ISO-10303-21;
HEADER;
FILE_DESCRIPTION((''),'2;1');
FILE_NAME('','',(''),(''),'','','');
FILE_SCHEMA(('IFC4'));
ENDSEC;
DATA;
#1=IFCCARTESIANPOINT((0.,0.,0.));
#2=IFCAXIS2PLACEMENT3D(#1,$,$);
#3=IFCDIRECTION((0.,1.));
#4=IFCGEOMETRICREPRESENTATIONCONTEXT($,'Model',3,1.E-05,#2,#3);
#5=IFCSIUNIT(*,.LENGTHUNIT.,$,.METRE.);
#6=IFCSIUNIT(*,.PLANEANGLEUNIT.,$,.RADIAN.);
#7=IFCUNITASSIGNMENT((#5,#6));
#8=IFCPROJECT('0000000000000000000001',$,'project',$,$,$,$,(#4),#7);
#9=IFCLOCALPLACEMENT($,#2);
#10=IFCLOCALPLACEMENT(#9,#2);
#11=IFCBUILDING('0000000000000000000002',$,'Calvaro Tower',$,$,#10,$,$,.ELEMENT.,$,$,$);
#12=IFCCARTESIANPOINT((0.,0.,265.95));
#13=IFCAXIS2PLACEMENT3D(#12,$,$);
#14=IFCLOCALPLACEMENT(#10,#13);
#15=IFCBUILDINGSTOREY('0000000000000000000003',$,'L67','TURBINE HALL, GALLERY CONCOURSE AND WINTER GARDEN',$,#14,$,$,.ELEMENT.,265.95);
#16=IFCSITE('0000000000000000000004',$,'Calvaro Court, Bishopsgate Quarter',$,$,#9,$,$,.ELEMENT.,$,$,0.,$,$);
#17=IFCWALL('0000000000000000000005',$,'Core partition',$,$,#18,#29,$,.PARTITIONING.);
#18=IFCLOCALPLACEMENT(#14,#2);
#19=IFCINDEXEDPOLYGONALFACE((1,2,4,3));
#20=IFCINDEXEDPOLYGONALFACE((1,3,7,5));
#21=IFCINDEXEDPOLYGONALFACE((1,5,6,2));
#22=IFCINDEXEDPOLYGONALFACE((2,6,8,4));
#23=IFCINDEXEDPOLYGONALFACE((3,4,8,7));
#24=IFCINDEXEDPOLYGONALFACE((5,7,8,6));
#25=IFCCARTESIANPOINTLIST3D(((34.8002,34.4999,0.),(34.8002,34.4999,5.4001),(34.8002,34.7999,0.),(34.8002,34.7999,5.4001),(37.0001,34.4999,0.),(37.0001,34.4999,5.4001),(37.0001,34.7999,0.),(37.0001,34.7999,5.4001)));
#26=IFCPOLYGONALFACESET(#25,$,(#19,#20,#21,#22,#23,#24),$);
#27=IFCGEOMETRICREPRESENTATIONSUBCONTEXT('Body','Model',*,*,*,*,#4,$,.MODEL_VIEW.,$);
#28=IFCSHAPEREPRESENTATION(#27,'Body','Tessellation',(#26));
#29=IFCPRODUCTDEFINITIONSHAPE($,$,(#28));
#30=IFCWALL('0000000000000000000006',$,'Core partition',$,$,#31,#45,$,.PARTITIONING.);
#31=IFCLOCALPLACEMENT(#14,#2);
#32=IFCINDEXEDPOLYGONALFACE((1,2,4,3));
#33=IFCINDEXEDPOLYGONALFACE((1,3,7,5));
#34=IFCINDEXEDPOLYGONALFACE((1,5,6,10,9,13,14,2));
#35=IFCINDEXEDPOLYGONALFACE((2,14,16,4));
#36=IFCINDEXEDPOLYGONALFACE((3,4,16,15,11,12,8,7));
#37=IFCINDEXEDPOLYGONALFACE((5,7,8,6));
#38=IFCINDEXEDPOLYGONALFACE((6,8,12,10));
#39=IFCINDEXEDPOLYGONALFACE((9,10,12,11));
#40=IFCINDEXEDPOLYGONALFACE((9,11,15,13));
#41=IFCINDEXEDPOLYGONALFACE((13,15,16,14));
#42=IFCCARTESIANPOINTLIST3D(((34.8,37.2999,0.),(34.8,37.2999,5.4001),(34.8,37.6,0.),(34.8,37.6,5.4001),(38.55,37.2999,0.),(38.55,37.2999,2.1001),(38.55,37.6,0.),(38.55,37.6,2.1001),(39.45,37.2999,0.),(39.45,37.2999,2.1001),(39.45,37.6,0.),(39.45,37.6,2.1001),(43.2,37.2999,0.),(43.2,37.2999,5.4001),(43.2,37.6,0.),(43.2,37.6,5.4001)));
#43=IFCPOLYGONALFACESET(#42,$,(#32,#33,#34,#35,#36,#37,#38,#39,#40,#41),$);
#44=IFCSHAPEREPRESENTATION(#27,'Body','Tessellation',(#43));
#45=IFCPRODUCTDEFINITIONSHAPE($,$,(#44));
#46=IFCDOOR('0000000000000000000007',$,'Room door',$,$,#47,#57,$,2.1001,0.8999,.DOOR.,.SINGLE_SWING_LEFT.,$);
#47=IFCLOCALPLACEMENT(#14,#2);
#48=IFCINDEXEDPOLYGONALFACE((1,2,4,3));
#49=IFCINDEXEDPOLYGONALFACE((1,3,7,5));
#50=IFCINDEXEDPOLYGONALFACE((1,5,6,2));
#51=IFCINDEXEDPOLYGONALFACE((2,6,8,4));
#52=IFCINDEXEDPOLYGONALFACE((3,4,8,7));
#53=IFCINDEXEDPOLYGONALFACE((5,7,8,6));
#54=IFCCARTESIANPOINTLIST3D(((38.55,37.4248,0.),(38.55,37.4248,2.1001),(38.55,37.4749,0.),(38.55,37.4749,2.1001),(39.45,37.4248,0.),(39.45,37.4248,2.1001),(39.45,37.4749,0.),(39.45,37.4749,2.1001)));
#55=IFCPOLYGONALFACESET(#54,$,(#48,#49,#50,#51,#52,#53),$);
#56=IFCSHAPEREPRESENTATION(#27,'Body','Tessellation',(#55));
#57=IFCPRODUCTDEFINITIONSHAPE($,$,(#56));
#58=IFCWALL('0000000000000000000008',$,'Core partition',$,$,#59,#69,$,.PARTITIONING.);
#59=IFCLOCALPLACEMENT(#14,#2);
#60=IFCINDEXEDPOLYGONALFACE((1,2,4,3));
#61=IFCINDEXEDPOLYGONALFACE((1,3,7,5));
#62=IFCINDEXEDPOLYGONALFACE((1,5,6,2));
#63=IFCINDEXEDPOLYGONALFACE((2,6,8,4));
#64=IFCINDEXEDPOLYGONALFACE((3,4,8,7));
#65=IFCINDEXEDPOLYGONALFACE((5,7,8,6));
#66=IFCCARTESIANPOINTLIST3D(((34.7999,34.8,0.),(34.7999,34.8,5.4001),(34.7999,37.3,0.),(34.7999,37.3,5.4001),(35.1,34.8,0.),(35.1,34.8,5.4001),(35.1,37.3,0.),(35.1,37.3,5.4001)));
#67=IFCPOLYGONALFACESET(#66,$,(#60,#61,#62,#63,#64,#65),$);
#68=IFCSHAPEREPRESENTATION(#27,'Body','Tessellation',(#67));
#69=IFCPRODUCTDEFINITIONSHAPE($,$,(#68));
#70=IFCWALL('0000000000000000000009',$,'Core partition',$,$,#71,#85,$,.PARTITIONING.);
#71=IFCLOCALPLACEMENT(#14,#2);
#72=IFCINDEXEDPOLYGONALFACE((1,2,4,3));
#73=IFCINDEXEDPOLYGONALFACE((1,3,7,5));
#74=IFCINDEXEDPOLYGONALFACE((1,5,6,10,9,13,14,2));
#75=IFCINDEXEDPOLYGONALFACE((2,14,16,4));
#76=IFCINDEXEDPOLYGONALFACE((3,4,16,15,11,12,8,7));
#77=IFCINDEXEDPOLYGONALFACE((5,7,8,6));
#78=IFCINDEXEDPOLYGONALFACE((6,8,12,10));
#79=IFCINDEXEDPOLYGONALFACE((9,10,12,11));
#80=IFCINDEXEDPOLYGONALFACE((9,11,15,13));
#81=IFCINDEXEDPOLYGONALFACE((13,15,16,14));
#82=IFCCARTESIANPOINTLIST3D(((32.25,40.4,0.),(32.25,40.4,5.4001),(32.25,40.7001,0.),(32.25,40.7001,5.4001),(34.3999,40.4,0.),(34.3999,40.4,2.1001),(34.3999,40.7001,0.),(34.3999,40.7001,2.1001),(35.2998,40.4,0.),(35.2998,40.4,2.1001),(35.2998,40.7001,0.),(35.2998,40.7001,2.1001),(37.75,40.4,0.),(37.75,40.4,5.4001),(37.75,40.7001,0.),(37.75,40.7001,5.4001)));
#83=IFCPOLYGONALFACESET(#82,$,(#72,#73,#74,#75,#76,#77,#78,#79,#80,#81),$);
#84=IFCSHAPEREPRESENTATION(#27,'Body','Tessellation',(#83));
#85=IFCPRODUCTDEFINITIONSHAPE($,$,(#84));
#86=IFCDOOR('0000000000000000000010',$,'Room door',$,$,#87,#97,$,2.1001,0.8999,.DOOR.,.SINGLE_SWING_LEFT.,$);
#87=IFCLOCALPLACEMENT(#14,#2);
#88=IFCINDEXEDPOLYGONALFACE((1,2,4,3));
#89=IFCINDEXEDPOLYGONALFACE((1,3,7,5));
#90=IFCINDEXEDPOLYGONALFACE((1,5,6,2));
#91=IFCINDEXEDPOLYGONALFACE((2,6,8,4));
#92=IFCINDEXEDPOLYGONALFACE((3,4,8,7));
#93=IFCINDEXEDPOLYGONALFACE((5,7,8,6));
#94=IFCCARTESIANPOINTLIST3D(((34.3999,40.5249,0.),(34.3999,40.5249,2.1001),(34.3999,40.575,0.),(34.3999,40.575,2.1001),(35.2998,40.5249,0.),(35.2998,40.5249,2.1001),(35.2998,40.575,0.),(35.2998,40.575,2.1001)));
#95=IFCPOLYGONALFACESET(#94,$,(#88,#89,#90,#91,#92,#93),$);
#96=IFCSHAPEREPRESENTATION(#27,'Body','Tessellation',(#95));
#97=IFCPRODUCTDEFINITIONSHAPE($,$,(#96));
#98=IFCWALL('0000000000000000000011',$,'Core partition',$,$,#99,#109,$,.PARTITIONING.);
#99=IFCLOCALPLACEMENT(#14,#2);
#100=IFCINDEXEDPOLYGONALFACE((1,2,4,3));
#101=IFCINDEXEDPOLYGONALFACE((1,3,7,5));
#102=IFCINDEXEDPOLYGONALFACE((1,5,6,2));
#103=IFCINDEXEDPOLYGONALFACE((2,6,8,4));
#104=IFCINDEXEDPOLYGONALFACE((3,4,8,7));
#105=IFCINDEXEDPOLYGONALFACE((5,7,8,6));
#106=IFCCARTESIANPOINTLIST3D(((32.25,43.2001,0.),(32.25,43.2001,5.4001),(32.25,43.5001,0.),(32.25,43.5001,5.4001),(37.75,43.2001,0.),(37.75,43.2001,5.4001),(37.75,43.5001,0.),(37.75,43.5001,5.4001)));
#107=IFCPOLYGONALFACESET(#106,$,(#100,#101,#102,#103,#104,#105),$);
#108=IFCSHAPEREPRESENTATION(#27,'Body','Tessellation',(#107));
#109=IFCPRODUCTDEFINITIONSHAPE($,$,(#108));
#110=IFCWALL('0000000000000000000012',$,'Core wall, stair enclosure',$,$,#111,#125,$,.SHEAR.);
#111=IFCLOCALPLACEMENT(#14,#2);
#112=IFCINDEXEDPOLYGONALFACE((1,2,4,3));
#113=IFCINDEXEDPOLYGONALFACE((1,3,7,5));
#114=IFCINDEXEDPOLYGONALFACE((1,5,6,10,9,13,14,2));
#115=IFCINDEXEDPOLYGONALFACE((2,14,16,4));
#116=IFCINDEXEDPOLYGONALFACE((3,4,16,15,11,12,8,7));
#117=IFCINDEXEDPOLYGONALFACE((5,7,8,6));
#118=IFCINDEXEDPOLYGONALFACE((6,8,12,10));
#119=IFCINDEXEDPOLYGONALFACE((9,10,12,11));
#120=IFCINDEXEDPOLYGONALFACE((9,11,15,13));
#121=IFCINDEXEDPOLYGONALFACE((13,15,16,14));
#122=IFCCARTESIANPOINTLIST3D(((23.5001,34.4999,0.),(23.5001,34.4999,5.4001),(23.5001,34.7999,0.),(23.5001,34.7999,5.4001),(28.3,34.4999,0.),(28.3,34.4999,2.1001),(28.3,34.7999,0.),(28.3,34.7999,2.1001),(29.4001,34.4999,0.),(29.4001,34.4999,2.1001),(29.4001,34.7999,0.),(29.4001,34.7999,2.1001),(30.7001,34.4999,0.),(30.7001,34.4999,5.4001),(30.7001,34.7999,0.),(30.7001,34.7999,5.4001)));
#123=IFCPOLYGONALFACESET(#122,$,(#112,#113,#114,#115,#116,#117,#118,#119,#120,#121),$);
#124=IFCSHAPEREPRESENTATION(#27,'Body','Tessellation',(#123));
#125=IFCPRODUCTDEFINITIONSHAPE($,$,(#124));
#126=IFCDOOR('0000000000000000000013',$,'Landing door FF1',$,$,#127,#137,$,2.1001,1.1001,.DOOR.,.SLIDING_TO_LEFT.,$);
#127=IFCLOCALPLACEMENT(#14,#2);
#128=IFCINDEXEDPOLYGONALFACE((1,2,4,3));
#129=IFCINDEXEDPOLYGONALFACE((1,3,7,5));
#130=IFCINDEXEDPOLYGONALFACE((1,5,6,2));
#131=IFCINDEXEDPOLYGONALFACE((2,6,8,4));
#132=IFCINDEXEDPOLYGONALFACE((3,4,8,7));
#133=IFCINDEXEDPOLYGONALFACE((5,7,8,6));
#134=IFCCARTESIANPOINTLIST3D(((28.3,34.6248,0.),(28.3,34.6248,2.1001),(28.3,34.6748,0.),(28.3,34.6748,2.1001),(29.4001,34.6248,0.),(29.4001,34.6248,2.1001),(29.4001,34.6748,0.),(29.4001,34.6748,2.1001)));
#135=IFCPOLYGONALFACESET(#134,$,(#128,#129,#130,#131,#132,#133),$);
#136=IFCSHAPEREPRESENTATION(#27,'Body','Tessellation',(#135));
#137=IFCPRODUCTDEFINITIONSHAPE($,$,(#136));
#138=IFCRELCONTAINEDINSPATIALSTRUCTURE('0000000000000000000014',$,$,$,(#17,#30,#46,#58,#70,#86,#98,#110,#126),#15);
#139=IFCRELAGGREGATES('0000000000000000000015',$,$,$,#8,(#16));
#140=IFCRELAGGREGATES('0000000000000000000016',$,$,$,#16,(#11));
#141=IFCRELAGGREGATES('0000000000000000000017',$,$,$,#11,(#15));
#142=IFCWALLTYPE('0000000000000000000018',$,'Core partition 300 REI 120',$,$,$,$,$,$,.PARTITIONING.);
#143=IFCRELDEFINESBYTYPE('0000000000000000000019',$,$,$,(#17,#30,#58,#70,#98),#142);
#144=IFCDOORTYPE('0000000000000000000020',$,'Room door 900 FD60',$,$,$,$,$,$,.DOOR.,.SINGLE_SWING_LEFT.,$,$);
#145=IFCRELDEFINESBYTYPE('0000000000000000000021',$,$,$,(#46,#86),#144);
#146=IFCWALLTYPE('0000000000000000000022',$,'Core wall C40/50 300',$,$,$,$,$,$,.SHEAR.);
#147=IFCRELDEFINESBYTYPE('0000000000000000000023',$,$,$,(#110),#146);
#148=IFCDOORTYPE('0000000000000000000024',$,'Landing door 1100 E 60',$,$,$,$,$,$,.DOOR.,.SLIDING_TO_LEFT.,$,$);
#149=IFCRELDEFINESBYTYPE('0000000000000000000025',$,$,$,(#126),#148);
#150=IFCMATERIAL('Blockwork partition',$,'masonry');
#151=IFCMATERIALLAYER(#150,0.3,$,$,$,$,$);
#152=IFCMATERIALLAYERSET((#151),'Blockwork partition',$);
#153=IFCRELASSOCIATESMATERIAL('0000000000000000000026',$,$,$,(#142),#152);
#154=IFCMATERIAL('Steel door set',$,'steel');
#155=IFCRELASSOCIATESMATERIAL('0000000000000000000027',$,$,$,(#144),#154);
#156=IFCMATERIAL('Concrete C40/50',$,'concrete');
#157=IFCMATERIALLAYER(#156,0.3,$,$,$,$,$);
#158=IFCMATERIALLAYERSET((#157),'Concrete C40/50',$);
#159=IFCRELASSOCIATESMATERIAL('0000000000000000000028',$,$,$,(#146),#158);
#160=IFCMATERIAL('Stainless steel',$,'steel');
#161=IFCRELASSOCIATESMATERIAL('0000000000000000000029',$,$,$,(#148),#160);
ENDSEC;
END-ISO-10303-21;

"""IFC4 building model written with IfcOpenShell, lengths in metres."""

from ifc_helpers import new_model, si_unit, direction, frame, frame_2d, origin, place, context, subcontext, project, spatial, rectangle, extrude, material, layer, layer_set, type_object, element, fill, save


model = new_model("IFC4")

# Units and contexts
model_context = context("Model", 3, precision=1e-05, world=origin(), true_north=direction((0.0, 1.0)))
body_context = subcontext(model_context, "Body", "Model", "MODEL_VIEW")
ifc_project = project(units=[si_unit("LENGTHUNIT", "METRE"), si_unit("PLANEANGLEUNIT", "RADIAN")], contexts=[model_context])

# Site, building, storey
site_placement = place(None, origin())
site = spatial("IfcSite", under=ifc_project, at=site_placement, Name="Calvaro Court, Bishopsgate Quarter", CompositionType="ELEMENT", RefElevation=0.0)
building_placement = place(site_placement, origin())
building = spatial("IfcBuilding", under=site, at=building_placement, Name="Calvaro Tower", CompositionType="ELEMENT")
storey_placement = place(building_placement, frame((0.0, 0.0, 265.95)))
storey = spatial("IfcBuildingStorey", under=building, at=storey_placement, Name="L67", Description="TURBINE HALL, GALLERY CONCOURSE AND WINTER GARDEN", CompositionType="ELEMENT", Elevation=265.95)

# Wall
ifc_material_1 = material(Name="Blockwork partition", Category="masonry")
ifc_layer_1 = layer(ifc_material_1, 0.3)
ifc_layer_set_1 = layer_set([ifc_layer_1], Name="Blockwork partition")
wall_type_1 = type_object("IfcWallType", Name="Core partition 300 REI 120", PredefinedType="PARTITIONING", material=ifc_layer_set_1)
wall_1_placement = place(storey_placement, frame((34.8, 34.6499, 0.0), z_axis=(0.0, 0.0, 1.0), x_axis=(1.0, 0.0, 0.0)))
element("IfcWall", 1, at=wall_1_placement, inside=storey, type_object=wall_type_1, Name="Core partition", PredefinedType="PARTITIONING", context=body_context, shape_type="SweptSolid", body=[
    extrude(rectangle(XDim=2.2, YDim=0.3, at=frame_2d((1.1001, 0.0))), origin(), (0.0, 0.0, 1.0), 5.4001),
])

# Wall, opening, door
wall_2_placement = place(storey_placement, frame((34.8, 37.45, 0.0), z_axis=(0.0, 0.0, 1.0), x_axis=(1.0, 0.0, 0.0)))
wall_2 = element("IfcWall", 2, at=wall_2_placement, inside=storey, type_object=wall_type_1, Name="Core partition", PredefinedType="PARTITIONING", context=body_context, shape_type="SweptSolid", body=[
    extrude(rectangle(XDim=8.3999, YDim=0.3, at=frame_2d((4.2, 0.0))), origin(), (0.0, 0.0, 1.0), 5.4001),
])
opening_1_placement = place(wall_2_placement, frame((3.75, 0.0, 0.0)))
opening_1 = element("IfcOpeningElement", 3, at=opening_1_placement, cuts=wall_2, PredefinedType="OPENING", context=body_context, shape_type="SweptSolid", body=[
    extrude(rectangle(XDim=0.8999, YDim=2.1001, at=frame_2d((0.45, 1.05))), frame((0.0, 0.1599, 0.0), z_axis=(0.0, -1.0, 0.0), x_axis=(1.0, 0.0, 0.0)), (0.0, 0.0, 1.0), 0.3201),
])
ifc_material_2 = material(Name="Steel door set", Category="steel")
door_type_1 = type_object("IfcDoorType", Name="Room door 900 FD60", OperationType="SINGLE_SWING_LEFT", PredefinedType="DOOR", material=ifc_material_2)
door_1_placement = place(opening_1_placement, origin())
door_1 = element("IfcDoor", 4, at=door_1_placement, inside=storey, type_object=door_type_1, Name="Room door", OperationType="SINGLE_SWING_LEFT", OverallHeight=2.1001, OverallWidth=0.8999, PredefinedType="DOOR", context=body_context, shape_type="SweptSolid", body=[
    extrude(rectangle(XDim=0.8999, YDim=2.1001, at=frame_2d((0.45, 1.05))), frame((0.0, 0.0249, 0.0), z_axis=(0.0, -1.0, 0.0), x_axis=(1.0, 0.0, 0.0)), (0.0, 0.0, 1.0), 0.05),
])
fill(opening_1, door_1)

# Wall
wall_3_placement = place(storey_placement, frame((34.95, 34.8, 0.0), z_axis=(0.0, 0.0, 1.0), x_axis=(0.0, 1.0, 0.0)))
element("IfcWall", 5, at=wall_3_placement, inside=storey, type_object=wall_type_1, Name="Core partition", PredefinedType="PARTITIONING", context=body_context, shape_type="SweptSolid", body=[
    extrude(rectangle(XDim=2.5, YDim=0.3, at=frame_2d((1.25, 0.0))), origin(), (0.0, 0.0, 1.0), 5.4001),
])

# Wall, opening, door
wall_4_placement = place(storey_placement, frame((32.25, 40.55, 0.0), z_axis=(0.0, 0.0, 1.0), x_axis=(1.0, 0.0, 0.0)))
wall_4 = element("IfcWall", 6, at=wall_4_placement, inside=storey, type_object=wall_type_1, Name="Core partition", PredefinedType="PARTITIONING", context=body_context, shape_type="SweptSolid", body=[
    extrude(rectangle(XDim=5.5, YDim=0.3, at=frame_2d((2.75, 0.0))), origin(), (0.0, 0.0, 1.0), 5.4001),
])
opening_2_placement = place(wall_4_placement, frame((2.1499, 0.0, 0.0)))
opening_2 = element("IfcOpeningElement", 7, at=opening_2_placement, cuts=wall_4, PredefinedType="OPENING", context=body_context, shape_type="SweptSolid", body=[
    extrude(rectangle(XDim=0.8999, YDim=2.1001, at=frame_2d((0.45, 1.05))), frame((0.0, 0.1599, 0.0), z_axis=(0.0, -1.0, 0.0), x_axis=(1.0, 0.0, 0.0)), (0.0, 0.0, 1.0), 0.3201),
])
door_2_placement = place(opening_2_placement, origin())
door_2 = element("IfcDoor", 8, at=door_2_placement, inside=storey, type_object=door_type_1, Name="Room door", OperationType="SINGLE_SWING_LEFT", OverallHeight=2.1001, OverallWidth=0.8999, PredefinedType="DOOR", context=body_context, shape_type="SweptSolid", body=[
    extrude(rectangle(XDim=0.8999, YDim=2.1001, at=frame_2d((0.45, 1.05))), frame((0.0, 0.0249, 0.0), z_axis=(0.0, -1.0, 0.0), x_axis=(1.0, 0.0, 0.0)), (0.0, 0.0, 1.0), 0.05),
])
fill(opening_2, door_2)

# Wall
wall_5_placement = place(storey_placement, frame((32.25, 43.3501, 0.0), z_axis=(0.0, 0.0, 1.0), x_axis=(1.0, 0.0, 0.0)))
element("IfcWall", 9, at=wall_5_placement, inside=storey, type_object=wall_type_1, Name="Core partition", PredefinedType="PARTITIONING", context=body_context, shape_type="SweptSolid", body=[
    extrude(rectangle(XDim=5.5, YDim=0.3, at=frame_2d((2.75, 0.0))), origin(), (0.0, 0.0, 1.0), 5.4001),
])

# Wall, opening, door
ifc_material_3 = material(Name="Concrete C40/50", Category="concrete")
ifc_layer_2 = layer(ifc_material_3, 0.3)
ifc_layer_set_2 = layer_set([ifc_layer_2], Name="Concrete C40/50")
wall_type_2 = type_object("IfcWallType", Name="Core wall C40/50 300", PredefinedType="SHEAR", material=ifc_layer_set_2)
wall_6_placement = place(storey_placement, frame((23.5, 34.6499, 0.0), z_axis=(0.0, 0.0, 1.0), x_axis=(1.0, 0.0, 0.0)))
wall_6 = element("IfcWall", 10, at=wall_6_placement, inside=storey, type_object=wall_type_2, Name="Core wall, stair enclosure", PredefinedType="SHEAR", context=body_context, shape_type="SweptSolid", body=[
    extrude(rectangle(XDim=7.2, YDim=0.3, at=frame_2d((3.6001, 0.0))), origin(), (0.0, 0.0, 1.0), 5.4001),
])
opening_3_placement = place(wall_6_placement, frame((4.8, 0.0, 0.0)))
opening_3 = element("IfcOpeningElement", 11, at=opening_3_placement, cuts=wall_6, PredefinedType="OPENING", context=body_context, shape_type="SweptSolid", body=[
    extrude(rectangle(XDim=1.1001, YDim=2.1001, at=frame_2d((0.55, 1.05))), frame((0.0, 0.1599, 0.0), z_axis=(0.0, -1.0, 0.0), x_axis=(1.0, 0.0, 0.0)), (0.0, 0.0, 1.0), 0.3201),
])
ifc_material_4 = material(Name="Stainless steel", Category="steel")
door_type_2 = type_object("IfcDoorType", Name="Landing door 1100 E 60", OperationType="SLIDING_TO_LEFT", PredefinedType="DOOR", material=ifc_material_4)
door_3_placement = place(opening_3_placement, origin())
door_3 = element("IfcDoor", 12, at=door_3_placement, inside=storey, type_object=door_type_2, Name="Landing door FF1", OperationType="SLIDING_TO_LEFT", OverallHeight=2.1001, OverallWidth=1.1001, PredefinedType="DOOR", context=body_context, shape_type="SweptSolid", body=[
    extrude(rectangle(XDim=1.1001, YDim=2.1001, at=frame_2d((0.55, 1.05))), frame((0.0, 0.0249, 0.0), z_axis=(0.0, -1.0, 0.0), x_axis=(1.0, 0.0, 0.0)), (0.0, 0.0, 1.0), 0.05),
])
fill(opening_3, door_3)

save(model, "model.ifc")
